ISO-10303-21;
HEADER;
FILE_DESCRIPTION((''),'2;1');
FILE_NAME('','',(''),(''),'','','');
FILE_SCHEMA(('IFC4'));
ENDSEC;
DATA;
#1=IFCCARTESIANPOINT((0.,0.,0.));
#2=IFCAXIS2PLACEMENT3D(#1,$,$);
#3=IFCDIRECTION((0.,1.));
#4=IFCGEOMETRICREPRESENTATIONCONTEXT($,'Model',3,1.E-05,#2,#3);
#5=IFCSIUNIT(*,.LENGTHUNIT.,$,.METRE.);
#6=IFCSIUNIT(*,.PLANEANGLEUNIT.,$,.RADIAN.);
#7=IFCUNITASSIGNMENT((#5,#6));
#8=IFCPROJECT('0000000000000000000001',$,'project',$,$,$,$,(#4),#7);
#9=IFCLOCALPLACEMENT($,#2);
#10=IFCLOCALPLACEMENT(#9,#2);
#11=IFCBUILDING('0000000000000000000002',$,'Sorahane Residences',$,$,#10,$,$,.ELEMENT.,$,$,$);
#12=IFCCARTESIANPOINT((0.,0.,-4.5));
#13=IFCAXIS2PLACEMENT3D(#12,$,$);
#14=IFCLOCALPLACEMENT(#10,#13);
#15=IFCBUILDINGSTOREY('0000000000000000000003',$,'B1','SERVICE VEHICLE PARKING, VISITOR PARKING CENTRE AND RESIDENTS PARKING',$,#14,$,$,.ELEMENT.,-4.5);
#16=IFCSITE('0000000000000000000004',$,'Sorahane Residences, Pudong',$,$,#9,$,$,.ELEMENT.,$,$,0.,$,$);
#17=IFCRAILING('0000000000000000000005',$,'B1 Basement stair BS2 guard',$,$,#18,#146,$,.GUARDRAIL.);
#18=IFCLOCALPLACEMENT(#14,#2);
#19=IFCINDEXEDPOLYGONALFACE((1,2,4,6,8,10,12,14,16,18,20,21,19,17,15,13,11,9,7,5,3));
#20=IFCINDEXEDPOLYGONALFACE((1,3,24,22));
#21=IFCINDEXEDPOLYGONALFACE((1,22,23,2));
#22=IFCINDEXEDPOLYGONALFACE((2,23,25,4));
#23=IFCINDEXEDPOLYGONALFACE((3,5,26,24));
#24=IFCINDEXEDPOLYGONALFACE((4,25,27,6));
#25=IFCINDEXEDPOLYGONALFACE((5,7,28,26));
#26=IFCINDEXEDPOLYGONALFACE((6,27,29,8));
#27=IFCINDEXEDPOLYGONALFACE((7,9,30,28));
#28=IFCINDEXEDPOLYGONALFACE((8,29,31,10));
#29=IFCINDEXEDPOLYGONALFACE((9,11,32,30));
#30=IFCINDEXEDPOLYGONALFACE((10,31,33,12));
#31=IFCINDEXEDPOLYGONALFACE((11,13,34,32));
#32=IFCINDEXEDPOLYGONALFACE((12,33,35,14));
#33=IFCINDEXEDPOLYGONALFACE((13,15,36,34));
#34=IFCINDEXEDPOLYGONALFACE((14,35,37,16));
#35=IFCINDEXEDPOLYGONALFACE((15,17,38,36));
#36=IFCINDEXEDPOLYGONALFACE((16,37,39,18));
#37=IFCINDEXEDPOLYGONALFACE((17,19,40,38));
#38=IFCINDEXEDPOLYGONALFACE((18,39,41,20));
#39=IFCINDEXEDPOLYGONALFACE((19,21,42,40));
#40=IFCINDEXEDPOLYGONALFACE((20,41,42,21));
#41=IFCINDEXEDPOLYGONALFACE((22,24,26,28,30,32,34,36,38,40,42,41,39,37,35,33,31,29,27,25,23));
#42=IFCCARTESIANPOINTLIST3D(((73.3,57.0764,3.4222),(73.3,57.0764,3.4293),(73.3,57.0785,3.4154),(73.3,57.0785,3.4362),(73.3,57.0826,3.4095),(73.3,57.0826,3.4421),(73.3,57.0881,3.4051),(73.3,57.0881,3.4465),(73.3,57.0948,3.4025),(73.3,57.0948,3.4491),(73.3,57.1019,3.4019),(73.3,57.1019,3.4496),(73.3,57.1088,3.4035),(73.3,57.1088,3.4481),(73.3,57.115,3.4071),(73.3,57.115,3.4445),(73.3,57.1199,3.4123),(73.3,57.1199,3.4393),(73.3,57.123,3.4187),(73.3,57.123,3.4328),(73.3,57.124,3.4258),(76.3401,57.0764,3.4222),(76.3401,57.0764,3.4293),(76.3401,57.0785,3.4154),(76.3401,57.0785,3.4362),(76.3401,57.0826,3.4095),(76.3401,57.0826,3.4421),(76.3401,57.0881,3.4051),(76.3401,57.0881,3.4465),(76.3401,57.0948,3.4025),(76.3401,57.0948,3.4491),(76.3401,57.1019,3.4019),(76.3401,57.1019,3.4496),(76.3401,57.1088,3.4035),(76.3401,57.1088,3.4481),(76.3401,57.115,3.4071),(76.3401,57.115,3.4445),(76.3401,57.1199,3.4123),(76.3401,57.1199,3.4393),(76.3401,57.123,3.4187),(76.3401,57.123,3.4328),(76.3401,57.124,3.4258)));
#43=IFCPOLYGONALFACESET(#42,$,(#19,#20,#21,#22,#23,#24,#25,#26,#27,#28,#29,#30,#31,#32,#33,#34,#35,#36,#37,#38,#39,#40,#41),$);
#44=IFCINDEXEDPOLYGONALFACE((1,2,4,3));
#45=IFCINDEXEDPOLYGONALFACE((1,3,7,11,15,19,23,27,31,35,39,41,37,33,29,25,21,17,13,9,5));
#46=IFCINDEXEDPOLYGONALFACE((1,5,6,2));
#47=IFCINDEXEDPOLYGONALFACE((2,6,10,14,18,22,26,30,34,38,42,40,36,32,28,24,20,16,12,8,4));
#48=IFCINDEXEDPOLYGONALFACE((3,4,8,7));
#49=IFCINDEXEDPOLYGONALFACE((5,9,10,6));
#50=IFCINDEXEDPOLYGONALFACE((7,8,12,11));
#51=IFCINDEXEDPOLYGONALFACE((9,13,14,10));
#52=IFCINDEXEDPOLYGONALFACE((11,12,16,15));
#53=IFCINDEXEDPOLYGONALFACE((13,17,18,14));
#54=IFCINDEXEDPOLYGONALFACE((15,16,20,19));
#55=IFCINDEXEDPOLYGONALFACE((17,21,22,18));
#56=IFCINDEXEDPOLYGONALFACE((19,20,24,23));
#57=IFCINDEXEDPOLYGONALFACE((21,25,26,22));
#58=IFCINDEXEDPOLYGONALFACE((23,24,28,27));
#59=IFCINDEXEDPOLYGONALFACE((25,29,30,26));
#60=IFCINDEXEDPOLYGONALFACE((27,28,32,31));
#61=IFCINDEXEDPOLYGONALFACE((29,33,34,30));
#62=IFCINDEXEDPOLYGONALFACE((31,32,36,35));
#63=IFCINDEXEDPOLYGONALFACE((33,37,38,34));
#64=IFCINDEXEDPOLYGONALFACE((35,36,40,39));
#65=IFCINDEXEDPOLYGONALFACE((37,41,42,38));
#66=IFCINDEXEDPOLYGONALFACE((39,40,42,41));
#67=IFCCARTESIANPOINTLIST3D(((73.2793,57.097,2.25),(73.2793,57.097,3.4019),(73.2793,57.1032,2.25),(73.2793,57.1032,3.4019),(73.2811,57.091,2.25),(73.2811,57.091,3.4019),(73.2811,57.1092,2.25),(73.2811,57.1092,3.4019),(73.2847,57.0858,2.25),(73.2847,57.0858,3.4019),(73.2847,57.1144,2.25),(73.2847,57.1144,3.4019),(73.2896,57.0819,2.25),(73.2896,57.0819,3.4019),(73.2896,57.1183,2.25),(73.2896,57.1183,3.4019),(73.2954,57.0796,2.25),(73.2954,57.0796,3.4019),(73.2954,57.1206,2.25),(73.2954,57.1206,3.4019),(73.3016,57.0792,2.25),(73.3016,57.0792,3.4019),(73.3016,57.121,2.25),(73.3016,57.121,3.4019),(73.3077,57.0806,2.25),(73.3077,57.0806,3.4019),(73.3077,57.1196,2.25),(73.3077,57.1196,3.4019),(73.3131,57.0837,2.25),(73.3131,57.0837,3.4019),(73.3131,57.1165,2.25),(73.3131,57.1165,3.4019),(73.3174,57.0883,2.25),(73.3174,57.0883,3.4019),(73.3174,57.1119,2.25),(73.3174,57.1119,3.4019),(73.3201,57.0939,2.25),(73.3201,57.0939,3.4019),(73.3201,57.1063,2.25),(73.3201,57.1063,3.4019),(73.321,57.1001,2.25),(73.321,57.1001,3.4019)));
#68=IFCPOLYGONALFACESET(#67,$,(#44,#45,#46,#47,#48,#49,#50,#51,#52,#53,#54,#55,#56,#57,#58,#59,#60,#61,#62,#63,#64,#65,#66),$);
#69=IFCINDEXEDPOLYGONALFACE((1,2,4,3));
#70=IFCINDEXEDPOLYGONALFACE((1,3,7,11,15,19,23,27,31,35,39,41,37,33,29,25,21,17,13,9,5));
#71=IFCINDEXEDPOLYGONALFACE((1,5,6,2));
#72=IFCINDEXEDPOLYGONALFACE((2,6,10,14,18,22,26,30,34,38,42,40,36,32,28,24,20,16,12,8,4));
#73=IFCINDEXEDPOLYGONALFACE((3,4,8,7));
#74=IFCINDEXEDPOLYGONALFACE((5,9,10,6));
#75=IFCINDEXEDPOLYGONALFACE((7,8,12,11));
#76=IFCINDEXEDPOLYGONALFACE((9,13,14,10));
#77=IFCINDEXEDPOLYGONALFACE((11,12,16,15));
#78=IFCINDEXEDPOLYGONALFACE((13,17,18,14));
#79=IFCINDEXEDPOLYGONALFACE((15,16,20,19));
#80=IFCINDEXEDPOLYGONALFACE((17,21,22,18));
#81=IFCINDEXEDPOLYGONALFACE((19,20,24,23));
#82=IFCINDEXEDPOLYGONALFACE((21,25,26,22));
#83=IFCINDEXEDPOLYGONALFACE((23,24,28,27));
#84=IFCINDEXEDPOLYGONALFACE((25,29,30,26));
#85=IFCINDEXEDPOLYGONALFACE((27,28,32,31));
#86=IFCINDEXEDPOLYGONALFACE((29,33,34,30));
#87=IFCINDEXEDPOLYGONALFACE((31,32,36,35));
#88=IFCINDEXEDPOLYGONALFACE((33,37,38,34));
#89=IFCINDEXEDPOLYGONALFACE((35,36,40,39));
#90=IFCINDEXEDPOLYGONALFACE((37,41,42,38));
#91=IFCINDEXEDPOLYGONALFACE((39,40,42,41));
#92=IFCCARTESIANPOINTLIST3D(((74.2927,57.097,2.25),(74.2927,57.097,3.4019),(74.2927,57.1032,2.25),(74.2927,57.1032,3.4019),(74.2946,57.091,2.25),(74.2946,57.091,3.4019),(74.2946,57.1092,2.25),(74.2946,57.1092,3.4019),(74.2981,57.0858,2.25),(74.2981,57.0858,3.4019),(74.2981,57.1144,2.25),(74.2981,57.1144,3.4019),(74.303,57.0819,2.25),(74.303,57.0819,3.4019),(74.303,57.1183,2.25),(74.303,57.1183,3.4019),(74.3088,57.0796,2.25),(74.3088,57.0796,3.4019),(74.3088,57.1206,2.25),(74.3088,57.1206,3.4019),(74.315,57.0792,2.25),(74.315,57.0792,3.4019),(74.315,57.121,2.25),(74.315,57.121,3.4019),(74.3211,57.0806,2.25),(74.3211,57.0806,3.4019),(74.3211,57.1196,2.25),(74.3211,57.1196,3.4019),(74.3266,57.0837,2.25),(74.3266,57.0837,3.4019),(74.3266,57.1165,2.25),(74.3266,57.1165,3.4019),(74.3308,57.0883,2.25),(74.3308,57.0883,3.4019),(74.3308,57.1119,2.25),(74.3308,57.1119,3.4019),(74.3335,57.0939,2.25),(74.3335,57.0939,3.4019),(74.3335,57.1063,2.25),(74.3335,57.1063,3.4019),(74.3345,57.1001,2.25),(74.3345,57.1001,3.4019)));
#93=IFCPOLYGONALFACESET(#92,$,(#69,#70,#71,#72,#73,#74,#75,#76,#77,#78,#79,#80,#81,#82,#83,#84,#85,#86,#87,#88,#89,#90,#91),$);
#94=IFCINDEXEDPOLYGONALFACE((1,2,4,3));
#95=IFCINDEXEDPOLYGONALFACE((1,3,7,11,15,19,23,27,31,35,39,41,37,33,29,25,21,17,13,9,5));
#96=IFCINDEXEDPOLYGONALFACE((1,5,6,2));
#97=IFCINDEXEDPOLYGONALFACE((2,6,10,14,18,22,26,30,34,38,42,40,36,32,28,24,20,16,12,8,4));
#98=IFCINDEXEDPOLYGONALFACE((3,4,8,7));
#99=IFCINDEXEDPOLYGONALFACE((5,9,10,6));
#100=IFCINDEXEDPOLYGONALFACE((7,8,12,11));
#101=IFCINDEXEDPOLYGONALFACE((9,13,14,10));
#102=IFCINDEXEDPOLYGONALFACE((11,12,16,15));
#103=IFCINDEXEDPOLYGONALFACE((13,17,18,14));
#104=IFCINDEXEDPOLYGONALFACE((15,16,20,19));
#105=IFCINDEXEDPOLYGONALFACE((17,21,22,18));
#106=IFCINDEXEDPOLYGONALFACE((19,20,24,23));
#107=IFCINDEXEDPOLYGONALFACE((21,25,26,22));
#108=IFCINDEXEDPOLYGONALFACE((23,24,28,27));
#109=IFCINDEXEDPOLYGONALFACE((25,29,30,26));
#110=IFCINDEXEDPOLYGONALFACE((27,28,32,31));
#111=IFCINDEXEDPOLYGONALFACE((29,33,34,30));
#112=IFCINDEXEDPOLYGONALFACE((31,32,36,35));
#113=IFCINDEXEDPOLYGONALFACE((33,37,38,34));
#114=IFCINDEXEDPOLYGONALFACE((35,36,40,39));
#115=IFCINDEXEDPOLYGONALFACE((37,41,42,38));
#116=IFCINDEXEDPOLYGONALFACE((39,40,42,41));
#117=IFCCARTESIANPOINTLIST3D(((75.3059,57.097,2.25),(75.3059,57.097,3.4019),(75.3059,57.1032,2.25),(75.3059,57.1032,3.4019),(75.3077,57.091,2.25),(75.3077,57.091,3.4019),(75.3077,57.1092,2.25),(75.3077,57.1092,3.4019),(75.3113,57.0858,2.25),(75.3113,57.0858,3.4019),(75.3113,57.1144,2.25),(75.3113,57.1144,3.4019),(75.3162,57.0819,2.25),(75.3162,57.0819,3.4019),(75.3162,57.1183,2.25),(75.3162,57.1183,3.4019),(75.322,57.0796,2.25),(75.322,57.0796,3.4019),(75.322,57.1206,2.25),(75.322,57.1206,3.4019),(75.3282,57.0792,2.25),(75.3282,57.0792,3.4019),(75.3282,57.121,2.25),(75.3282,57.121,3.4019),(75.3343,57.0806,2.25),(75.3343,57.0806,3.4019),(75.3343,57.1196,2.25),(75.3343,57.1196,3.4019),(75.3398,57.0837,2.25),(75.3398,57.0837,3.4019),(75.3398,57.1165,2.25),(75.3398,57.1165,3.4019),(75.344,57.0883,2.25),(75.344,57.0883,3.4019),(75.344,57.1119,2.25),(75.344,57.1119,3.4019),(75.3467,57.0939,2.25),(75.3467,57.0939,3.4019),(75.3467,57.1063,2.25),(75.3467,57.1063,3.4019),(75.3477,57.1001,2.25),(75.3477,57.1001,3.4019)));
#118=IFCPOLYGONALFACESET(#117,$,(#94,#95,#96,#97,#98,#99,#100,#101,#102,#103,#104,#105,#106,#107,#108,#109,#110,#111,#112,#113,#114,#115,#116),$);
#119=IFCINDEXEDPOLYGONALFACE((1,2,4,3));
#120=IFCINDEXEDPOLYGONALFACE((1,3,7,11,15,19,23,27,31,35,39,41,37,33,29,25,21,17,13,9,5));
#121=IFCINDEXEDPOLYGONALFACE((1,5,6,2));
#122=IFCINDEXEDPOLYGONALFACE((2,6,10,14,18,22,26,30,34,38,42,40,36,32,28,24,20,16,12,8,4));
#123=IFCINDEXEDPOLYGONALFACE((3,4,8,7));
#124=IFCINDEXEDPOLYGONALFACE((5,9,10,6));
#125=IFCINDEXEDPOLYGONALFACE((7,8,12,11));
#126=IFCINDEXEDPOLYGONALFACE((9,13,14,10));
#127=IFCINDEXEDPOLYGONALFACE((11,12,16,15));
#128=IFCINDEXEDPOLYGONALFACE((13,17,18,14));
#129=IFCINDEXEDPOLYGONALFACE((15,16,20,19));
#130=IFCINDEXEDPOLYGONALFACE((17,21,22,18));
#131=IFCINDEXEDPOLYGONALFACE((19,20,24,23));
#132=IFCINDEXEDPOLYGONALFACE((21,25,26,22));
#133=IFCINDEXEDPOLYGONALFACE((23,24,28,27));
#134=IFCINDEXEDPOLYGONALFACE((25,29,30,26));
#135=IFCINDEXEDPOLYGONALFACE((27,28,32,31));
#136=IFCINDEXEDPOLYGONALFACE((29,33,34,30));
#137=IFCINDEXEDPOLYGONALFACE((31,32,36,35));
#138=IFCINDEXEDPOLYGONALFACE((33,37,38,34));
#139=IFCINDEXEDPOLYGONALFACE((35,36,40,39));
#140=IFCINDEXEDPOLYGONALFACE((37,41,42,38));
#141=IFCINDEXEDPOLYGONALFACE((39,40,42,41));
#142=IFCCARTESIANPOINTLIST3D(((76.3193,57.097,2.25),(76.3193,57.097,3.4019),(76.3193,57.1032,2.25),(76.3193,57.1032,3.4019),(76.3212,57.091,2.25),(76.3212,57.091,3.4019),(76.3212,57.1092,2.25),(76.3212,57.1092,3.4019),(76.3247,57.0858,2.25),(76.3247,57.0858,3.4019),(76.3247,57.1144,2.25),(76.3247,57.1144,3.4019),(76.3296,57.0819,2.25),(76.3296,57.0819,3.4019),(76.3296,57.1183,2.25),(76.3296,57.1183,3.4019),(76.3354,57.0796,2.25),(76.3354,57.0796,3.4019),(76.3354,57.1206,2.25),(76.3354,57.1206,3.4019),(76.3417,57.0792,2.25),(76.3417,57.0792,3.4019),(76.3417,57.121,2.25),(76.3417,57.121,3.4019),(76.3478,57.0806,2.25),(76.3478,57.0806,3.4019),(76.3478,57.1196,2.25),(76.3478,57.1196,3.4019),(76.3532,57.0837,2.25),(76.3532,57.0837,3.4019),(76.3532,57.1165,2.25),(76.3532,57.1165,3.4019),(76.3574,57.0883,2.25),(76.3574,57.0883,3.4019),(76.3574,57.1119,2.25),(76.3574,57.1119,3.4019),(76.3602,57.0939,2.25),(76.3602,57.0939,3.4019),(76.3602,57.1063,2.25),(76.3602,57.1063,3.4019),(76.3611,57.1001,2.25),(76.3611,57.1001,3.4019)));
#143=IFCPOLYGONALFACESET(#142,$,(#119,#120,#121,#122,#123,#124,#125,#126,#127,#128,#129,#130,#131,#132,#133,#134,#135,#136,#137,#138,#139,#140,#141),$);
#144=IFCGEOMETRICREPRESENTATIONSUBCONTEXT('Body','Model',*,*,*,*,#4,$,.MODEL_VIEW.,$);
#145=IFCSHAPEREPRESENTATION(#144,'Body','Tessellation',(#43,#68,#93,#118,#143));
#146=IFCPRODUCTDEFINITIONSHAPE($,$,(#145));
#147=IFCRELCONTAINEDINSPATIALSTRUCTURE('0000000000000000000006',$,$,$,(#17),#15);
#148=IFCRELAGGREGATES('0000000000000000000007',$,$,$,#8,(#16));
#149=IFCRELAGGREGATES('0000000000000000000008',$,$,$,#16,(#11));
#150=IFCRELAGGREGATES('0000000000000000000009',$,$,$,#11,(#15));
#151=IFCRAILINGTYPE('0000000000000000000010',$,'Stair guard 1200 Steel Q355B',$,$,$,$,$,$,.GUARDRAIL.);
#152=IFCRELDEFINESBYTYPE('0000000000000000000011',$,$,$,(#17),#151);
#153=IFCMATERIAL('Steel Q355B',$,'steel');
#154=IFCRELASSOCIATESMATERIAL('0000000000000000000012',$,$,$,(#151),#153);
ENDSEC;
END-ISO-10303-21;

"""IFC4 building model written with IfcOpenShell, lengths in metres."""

from ifc_helpers import new_model, si_unit, direction, frame, origin, origin_2d, place, context, subcontext, project, spatial, circle, extrude, material, type_object, element, save


model = new_model("IFC4")

# Units and contexts
model_context = context("Model", 3, precision=1e-05, world=origin(), true_north=direction((0.0, 1.0)))
body_context = subcontext(model_context, "Body", "Model", "MODEL_VIEW")
ifc_project = project(units=[si_unit("LENGTHUNIT", "METRE"), si_unit("PLANEANGLEUNIT", "RADIAN")], contexts=[model_context])

# Site, building, storey
site_placement = place(None, origin())
site = spatial("IfcSite", under=ifc_project, at=site_placement, Name="Sorahane Residences, Pudong", CompositionType="ELEMENT", RefElevation=0.0)
building_placement = place(site_placement, origin())
building = spatial("IfcBuilding", under=site, at=building_placement, Name="Sorahane Residences", CompositionType="ELEMENT")
storey_placement = place(building_placement, frame((0.0, 0.0, -4.5)))
storey = spatial("IfcBuildingStorey", under=building, at=storey_placement, Name="B1", Description="SERVICE VEHICLE PARKING, VISITOR PARKING CENTRE AND RESIDENTS PARKING", CompositionType="ELEMENT", Elevation=-4.5)

# Railing
ifc_material_1 = material(Name="Steel Q355B", Category="steel")
railing_type_1 = type_object("IfcRailingType", Name="Stair guard 1200 Steel Q355B", PredefinedType="GUARDRAIL", material=ifc_material_1)
railing_1_placement = place(storey_placement, frame((73.3, 57.1001, 2.25)))
element("IfcRailing", 1, at=railing_1_placement, inside=storey, type_object=railing_type_1, Name="B1 Basement stair BS2 guard", PredefinedType="GUARDRAIL", context=body_context, shape_type="SweptSolid", body=[
    extrude(circle(Radius=0.0239, at=origin_2d()), frame((0.0, 0.0, 1.1758), z_axis=(1.0, 0.0, 0.0), x_axis=(0.0, 1.0, 0.0)), (0.0, 0.0, 1.0), 3.04),
    extrude(circle(Radius=0.021, at=origin_2d()), origin(), (0.0, 0.0, 1.0), 1.1519),
    extrude(circle(Radius=0.021, at=origin_2d()), frame((1.0134, 0.0, 0.0)), (0.0, 0.0, 1.0), 1.1519),
    extrude(circle(Radius=0.021, at=origin_2d()), frame((2.0266, 0.0, 0.0)), (0.0, 0.0, 1.0), 1.1519),
    extrude(circle(Radius=0.021, at=origin_2d()), frame((3.04, 0.0, 0.0)), (0.0, 0.0, 1.0), 1.1519),
])

save(model, "model.ifc")
